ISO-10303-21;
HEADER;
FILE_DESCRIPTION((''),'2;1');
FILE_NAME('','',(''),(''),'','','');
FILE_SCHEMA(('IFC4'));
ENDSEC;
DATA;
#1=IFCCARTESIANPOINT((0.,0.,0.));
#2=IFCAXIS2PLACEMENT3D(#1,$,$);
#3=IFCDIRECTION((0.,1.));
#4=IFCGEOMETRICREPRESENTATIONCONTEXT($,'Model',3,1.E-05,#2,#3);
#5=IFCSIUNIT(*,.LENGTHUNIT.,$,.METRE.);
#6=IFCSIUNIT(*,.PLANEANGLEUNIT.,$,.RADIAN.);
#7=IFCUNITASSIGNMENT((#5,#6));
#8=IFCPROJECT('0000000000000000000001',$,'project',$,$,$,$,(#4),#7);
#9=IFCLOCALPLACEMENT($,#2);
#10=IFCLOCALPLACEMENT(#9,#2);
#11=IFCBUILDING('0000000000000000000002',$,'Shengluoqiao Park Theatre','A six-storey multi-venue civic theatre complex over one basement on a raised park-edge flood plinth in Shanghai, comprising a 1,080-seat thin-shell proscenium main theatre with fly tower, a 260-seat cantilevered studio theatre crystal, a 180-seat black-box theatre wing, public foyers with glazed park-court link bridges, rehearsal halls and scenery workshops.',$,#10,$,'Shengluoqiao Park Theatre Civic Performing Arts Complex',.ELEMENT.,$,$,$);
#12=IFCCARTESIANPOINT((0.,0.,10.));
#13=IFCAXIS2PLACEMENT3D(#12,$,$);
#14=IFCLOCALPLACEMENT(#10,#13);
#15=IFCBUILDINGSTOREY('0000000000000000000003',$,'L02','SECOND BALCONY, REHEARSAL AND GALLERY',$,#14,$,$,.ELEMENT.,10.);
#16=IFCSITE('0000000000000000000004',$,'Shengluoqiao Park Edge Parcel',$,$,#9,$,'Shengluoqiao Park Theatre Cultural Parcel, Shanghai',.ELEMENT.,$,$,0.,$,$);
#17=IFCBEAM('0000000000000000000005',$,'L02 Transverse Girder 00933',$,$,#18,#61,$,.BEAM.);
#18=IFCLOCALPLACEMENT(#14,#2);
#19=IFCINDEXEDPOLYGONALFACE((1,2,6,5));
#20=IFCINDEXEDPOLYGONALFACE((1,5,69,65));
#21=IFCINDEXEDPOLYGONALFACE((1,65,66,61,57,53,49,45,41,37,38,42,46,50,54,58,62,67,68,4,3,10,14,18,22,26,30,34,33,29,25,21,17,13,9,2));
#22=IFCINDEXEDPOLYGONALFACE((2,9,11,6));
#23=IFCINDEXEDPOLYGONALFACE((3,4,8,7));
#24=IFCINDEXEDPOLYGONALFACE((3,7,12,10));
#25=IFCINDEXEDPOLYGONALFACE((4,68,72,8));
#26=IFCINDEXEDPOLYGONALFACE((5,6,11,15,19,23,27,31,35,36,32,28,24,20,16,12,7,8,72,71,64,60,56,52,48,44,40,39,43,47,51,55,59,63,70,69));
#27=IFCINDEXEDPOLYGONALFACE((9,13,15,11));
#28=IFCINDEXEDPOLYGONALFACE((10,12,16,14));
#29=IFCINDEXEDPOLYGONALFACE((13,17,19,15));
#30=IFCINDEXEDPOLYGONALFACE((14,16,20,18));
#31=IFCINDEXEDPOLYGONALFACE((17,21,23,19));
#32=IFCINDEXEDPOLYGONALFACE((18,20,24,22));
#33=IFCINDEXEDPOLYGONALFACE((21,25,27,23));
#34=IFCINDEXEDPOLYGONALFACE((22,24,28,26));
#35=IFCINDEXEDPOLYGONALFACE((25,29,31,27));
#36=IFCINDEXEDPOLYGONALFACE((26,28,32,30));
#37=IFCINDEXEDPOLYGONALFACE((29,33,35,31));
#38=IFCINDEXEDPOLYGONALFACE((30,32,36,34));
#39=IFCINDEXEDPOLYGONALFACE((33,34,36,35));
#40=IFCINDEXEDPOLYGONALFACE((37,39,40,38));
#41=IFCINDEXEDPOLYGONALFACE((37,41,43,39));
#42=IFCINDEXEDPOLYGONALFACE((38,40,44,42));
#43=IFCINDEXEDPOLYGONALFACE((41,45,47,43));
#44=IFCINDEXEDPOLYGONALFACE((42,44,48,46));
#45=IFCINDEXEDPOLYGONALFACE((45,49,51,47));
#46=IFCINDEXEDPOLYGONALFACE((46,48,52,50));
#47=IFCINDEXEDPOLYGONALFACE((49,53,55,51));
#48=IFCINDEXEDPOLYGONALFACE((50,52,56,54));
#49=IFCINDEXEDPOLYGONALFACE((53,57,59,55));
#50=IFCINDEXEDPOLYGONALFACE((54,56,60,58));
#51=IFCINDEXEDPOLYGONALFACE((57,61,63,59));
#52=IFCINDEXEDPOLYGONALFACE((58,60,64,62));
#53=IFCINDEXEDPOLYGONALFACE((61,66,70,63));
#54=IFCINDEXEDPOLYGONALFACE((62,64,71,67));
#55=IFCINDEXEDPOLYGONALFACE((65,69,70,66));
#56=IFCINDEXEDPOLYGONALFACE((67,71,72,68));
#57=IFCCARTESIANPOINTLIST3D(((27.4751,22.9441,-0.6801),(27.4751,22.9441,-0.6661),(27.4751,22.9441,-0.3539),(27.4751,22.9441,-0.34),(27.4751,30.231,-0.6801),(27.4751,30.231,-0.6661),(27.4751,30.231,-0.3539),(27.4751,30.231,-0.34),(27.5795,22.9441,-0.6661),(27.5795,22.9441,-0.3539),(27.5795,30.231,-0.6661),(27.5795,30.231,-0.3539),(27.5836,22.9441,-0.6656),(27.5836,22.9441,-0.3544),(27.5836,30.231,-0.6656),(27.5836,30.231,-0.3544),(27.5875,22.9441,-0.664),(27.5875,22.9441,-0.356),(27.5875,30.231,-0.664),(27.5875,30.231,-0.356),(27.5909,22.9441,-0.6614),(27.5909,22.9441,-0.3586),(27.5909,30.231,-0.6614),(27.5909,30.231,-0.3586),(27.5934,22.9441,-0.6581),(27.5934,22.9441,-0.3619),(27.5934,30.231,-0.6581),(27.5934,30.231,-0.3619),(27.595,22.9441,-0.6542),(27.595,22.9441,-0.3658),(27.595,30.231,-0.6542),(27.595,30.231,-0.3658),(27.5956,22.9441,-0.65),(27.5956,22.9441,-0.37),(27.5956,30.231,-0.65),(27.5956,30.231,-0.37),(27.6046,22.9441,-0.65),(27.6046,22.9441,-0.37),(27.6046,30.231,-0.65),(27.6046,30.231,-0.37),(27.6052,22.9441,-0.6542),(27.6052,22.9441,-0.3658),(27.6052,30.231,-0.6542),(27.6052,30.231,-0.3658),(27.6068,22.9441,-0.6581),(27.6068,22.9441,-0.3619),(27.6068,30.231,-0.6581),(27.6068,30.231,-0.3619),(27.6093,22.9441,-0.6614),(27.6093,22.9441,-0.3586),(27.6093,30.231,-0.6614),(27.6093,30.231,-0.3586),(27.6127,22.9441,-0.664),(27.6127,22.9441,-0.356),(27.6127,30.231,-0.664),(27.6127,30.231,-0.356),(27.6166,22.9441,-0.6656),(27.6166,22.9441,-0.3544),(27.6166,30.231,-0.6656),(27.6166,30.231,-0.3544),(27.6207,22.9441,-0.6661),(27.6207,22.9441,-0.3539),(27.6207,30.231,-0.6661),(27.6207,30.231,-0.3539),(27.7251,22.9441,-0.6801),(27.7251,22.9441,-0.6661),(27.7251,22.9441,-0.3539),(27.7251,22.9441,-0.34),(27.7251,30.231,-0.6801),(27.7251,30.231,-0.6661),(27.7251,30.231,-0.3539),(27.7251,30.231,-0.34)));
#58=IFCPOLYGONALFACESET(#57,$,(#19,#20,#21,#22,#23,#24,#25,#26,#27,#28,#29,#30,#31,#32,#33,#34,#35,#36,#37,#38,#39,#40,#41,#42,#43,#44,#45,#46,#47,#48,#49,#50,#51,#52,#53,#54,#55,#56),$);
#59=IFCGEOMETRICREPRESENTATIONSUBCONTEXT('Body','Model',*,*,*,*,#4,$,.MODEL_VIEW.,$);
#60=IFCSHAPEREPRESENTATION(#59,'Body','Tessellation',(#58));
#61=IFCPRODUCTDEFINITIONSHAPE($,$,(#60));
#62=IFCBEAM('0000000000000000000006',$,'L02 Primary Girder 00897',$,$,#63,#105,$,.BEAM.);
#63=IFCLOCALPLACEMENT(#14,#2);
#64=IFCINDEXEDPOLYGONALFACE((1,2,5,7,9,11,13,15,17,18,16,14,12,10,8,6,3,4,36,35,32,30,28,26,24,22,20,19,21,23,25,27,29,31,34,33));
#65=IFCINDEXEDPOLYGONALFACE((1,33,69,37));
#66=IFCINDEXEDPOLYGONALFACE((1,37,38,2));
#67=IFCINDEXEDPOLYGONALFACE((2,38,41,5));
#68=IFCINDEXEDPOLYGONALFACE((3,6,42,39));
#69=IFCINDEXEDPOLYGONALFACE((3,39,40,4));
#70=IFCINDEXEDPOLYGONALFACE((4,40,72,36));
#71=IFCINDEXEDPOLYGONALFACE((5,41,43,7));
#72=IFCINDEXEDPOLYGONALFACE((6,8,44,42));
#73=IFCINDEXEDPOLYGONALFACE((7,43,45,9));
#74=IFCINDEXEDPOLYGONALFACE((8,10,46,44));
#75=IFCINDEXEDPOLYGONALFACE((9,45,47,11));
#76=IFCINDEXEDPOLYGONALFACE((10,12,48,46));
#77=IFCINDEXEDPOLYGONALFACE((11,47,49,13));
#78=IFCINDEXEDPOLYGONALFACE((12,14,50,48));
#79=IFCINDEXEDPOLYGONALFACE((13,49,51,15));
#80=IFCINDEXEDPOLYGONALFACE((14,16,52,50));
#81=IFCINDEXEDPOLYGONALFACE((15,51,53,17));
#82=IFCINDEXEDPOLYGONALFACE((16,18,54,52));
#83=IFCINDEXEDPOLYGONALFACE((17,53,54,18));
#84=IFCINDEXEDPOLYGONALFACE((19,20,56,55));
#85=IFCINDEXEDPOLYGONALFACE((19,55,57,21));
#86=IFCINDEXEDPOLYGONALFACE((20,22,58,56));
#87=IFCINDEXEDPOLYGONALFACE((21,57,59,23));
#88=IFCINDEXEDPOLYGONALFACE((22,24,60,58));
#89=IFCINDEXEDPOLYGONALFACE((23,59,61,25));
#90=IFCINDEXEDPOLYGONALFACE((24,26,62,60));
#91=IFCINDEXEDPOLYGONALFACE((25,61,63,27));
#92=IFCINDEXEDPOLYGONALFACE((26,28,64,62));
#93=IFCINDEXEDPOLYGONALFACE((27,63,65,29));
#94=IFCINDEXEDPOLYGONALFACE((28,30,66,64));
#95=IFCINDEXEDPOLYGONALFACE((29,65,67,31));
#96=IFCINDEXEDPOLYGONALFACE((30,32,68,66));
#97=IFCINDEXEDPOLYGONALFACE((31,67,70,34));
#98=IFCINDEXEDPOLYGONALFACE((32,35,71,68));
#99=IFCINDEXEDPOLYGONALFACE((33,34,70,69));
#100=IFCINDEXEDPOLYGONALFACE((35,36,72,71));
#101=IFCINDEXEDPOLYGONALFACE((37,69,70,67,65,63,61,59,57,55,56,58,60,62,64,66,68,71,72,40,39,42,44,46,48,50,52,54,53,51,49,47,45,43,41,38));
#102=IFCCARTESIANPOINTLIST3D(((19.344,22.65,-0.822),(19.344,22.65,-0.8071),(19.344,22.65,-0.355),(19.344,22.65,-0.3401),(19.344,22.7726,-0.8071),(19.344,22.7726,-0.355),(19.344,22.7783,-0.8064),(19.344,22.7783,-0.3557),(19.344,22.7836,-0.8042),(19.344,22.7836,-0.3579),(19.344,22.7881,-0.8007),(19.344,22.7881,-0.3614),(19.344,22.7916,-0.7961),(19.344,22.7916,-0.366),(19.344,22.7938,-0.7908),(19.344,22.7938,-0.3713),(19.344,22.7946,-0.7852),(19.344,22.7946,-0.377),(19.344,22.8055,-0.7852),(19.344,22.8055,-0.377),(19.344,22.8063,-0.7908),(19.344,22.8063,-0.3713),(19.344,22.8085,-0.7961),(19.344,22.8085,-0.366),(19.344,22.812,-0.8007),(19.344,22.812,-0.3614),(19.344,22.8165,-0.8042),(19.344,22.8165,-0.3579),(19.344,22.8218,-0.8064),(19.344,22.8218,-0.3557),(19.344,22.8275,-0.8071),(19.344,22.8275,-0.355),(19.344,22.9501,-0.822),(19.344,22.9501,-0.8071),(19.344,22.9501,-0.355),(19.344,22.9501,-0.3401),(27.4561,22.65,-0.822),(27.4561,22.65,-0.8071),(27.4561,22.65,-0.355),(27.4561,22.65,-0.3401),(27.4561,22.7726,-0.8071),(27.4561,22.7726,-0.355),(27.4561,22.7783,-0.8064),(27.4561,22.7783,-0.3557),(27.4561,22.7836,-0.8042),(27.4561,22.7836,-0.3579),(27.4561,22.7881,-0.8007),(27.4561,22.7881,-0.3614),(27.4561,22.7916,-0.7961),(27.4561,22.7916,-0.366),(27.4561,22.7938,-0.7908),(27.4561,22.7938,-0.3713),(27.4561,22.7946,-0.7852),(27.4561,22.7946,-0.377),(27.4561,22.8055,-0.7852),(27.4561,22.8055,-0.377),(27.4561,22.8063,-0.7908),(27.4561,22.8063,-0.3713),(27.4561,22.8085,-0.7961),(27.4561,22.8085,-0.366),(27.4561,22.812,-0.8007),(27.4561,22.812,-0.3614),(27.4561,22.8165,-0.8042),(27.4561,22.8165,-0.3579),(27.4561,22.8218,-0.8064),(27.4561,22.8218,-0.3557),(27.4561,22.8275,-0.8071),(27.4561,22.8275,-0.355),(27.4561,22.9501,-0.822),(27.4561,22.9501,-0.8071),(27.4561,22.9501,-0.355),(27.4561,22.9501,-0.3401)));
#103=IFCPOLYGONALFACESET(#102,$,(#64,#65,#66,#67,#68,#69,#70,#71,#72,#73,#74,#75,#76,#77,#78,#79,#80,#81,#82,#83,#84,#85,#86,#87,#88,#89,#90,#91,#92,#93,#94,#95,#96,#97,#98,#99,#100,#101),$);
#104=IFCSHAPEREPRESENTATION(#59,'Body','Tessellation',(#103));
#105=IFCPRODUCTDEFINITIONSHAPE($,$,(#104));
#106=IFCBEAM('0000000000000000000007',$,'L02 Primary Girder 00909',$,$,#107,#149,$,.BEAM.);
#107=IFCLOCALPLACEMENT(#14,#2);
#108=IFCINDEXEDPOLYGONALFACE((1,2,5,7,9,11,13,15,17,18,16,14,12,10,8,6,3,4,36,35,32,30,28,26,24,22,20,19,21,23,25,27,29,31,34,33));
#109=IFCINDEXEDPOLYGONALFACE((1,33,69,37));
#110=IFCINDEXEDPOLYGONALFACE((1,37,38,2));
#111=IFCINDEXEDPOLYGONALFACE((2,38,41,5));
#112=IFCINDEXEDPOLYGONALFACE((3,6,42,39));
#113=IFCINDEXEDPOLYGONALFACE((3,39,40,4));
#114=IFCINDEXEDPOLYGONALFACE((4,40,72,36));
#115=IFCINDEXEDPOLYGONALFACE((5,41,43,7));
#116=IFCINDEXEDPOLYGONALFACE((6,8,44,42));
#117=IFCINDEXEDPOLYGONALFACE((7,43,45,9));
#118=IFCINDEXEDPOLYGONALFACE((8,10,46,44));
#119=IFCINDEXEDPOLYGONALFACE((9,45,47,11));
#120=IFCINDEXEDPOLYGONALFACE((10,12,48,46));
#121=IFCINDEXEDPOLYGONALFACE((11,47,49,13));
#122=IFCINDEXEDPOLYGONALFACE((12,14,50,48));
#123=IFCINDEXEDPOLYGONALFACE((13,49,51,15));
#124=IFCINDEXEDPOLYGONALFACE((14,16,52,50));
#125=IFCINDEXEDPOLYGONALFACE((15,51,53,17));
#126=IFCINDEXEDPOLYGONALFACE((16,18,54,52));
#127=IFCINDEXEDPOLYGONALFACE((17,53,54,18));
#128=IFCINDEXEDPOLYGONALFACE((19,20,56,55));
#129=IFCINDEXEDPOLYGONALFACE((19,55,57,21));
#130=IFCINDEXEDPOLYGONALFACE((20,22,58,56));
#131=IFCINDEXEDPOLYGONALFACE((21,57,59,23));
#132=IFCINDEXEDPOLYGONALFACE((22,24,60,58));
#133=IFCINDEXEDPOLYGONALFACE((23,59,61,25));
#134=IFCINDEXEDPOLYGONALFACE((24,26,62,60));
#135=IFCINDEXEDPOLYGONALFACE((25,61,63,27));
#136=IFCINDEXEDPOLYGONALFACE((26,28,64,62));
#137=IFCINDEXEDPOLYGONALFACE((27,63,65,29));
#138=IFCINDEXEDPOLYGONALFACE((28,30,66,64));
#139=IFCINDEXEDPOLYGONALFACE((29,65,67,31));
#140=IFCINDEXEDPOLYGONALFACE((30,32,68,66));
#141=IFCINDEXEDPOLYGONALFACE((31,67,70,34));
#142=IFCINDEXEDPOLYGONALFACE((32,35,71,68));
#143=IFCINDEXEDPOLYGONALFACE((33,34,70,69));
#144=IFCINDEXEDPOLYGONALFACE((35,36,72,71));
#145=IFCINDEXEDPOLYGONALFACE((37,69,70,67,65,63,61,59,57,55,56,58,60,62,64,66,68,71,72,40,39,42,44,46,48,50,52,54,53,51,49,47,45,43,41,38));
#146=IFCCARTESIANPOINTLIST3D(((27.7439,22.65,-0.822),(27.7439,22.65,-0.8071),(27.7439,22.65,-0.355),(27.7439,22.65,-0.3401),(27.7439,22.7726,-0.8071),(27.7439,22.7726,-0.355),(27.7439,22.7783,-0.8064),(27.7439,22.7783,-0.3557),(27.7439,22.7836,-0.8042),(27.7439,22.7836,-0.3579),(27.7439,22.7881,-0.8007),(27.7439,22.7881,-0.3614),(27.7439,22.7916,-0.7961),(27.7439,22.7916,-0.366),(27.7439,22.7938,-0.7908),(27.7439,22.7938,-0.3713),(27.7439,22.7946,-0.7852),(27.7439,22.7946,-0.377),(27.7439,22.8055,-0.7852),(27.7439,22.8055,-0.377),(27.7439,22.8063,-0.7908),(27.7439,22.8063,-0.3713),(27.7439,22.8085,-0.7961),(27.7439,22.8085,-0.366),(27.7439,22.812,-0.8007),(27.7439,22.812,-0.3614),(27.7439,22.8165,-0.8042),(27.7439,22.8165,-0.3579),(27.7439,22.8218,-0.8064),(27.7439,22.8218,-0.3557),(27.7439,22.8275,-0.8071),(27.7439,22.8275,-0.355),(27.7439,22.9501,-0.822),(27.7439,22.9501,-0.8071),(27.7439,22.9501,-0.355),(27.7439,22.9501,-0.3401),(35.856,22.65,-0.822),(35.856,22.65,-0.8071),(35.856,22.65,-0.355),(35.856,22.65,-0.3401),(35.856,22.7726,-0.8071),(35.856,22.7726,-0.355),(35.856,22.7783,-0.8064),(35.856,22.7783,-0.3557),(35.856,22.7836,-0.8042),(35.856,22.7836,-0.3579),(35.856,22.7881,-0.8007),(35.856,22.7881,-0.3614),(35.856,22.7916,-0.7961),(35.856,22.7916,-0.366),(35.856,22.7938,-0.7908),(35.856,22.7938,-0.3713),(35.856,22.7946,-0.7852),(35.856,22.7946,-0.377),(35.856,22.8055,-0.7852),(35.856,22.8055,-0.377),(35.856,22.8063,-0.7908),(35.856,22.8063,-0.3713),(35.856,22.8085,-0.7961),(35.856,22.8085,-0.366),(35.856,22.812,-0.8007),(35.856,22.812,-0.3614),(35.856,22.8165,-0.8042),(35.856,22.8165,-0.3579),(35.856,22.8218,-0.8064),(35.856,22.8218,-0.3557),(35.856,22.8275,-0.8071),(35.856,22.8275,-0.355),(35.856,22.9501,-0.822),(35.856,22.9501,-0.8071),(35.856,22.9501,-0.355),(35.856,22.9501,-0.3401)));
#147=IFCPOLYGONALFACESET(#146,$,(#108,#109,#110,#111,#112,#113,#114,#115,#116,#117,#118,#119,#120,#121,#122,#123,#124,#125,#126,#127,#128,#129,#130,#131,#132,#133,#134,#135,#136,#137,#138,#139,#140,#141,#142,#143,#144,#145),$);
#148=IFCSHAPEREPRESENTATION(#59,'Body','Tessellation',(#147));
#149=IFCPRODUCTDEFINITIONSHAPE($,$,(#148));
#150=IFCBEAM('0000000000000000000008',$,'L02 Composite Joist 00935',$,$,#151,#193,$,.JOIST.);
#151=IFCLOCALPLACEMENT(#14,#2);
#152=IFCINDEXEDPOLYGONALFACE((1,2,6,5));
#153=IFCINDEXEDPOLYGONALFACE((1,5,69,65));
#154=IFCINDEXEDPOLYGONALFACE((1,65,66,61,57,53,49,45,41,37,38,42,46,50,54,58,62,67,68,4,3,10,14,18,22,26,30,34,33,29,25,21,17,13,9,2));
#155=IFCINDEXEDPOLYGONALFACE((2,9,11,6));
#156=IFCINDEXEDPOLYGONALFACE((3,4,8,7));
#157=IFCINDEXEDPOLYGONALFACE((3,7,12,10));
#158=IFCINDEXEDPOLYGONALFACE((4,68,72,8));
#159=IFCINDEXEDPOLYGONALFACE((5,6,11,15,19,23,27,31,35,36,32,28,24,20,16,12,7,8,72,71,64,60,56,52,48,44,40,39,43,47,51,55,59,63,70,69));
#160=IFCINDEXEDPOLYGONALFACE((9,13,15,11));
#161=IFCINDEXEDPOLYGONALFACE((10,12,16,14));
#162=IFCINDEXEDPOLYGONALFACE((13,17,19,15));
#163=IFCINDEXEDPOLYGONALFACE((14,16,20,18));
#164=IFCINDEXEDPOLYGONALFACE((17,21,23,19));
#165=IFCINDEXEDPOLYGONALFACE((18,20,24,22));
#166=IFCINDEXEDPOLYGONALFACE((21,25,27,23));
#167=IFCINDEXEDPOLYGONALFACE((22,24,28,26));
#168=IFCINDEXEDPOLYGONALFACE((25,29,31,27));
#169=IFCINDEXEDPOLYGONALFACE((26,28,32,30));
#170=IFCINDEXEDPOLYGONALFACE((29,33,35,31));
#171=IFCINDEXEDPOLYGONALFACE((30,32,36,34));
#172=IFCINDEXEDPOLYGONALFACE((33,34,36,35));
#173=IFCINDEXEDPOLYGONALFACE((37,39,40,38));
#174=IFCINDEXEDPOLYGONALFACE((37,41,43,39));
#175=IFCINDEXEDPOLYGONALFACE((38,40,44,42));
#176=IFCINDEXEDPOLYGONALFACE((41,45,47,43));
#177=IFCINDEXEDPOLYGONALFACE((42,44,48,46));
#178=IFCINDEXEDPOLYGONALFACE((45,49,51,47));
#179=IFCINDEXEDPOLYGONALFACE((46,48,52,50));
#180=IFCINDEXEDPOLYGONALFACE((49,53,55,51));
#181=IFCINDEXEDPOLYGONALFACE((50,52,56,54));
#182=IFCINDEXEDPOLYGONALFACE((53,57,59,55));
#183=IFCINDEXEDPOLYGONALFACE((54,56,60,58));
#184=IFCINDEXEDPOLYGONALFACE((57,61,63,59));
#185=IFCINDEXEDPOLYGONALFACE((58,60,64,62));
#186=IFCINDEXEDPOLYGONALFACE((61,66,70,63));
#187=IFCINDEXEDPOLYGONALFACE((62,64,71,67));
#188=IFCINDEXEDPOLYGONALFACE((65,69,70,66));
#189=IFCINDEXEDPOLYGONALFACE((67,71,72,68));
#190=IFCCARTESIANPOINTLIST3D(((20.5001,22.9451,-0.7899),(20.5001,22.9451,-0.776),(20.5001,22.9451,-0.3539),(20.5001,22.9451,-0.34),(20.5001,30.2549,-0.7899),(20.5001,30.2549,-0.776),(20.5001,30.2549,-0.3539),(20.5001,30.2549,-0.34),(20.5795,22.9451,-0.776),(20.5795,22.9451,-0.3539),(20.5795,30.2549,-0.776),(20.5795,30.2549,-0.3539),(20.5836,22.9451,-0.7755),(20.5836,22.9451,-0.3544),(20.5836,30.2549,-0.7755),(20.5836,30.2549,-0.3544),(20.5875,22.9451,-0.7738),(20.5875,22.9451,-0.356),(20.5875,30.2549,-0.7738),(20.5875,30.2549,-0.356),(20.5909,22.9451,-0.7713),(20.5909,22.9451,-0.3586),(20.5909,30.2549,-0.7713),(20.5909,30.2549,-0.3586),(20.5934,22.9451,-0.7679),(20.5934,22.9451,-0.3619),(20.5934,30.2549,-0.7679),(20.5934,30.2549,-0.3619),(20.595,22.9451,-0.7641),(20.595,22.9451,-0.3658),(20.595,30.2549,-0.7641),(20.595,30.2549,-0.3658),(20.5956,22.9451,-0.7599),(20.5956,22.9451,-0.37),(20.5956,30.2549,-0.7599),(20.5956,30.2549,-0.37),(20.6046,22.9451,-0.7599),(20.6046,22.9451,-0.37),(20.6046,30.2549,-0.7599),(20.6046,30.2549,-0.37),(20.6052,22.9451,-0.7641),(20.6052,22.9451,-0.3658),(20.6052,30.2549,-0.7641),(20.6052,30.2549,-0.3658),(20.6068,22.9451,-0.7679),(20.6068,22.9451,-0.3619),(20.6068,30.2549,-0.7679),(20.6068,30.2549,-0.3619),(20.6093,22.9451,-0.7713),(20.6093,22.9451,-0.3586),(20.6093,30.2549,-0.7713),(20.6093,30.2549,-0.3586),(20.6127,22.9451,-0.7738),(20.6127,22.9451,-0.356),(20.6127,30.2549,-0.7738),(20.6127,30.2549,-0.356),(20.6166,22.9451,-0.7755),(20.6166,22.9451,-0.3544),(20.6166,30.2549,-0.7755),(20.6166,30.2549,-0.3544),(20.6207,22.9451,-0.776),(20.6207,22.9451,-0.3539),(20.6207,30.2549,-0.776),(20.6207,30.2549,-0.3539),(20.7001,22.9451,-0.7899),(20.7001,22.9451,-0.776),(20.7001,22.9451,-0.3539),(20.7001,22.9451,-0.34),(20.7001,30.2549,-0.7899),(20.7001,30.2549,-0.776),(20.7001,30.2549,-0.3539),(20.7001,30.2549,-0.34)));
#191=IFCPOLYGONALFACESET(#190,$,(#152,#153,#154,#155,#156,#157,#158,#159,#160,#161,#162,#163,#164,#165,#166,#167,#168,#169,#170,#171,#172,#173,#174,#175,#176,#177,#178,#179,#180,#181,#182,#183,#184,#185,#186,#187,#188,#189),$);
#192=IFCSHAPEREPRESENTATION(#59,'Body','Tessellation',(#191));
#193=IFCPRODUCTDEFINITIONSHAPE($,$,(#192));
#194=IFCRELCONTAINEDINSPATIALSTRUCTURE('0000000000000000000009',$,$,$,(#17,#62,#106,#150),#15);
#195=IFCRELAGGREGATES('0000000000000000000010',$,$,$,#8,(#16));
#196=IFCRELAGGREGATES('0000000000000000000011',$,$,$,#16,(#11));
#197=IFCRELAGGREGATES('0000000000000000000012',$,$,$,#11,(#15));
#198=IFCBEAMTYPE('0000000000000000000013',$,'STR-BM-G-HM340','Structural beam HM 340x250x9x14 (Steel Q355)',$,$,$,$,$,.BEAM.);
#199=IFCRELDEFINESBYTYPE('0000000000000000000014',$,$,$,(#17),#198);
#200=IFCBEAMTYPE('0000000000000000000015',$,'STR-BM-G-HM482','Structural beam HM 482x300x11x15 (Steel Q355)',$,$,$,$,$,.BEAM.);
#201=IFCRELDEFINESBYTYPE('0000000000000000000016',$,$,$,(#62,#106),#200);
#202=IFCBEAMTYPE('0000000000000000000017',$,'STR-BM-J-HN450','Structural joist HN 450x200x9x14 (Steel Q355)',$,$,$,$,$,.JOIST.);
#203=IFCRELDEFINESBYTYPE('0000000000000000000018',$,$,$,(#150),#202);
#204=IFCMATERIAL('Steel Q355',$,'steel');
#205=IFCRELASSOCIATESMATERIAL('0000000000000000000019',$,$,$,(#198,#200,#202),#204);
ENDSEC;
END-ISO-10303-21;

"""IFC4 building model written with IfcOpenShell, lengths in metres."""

from ifc_helpers import new_model, si_unit, direction, frame, origin, origin_2d, place, context, subcontext, project, spatial, i_section, extrude, material, material_profile, profile_set, type_object, element, save


model = new_model("IFC4")

# Units and contexts
model_context = context("Model", 3, precision=1e-05, world=origin(), true_north=direction((0.0, 1.0)))
body_context = subcontext(model_context, "Body", "Model", "MODEL_VIEW")
ifc_project = project(units=[si_unit("LENGTHUNIT", "METRE"), si_unit("PLANEANGLEUNIT", "RADIAN")], contexts=[model_context])

# Site, building, storey
site_placement = place(None, origin())
site = spatial("IfcSite", under=ifc_project, at=site_placement, Name="Shengluoqiao Park Edge Parcel", LongName="Shengluoqiao Park Theatre Cultural Parcel, Shanghai", CompositionType="ELEMENT", RefElevation=0.0)
building_placement = place(site_placement, origin())
building = spatial("IfcBuilding", under=site, at=building_placement, Name="Shengluoqiao Park Theatre", Description="A six-storey multi-venue civic theatre complex over one basement on a raised park-edge flood plinth in Shanghai, comprising a 1,080-seat thin-shell proscenium main theatre with fly tower, a 260-seat cantilevered studio theatre crystal, a 180-seat black-box theatre wing, public foyers with glazed park-court link bridges, rehearsal halls and scenery workshops.", LongName="Shengluoqiao Park Theatre Civic Performing Arts Complex", CompositionType="ELEMENT")
storey_placement = place(building_placement, frame((0.0, 0.0, 10.0)))
storey = spatial("IfcBuildingStorey", under=building, at=storey_placement, Name="L02", Description="SECOND BALCONY, REHEARSAL AND GALLERY", CompositionType="ELEMENT", Elevation=10.0)

# Shared definitions
ifc_material_1 = material(Name="Steel Q355", Category="steel")

# Beams
ifc_material_profile_1 = material_profile(ifc_material_1, i_section(OverallWidth=0.25, OverallDepth=0.3401, WebThickness=0.009, FlangeThickness=0.0139, FilletRadius=0.0161, at=origin_2d()), Name="HM 340x250x9x14")
ifc_profile_set_1 = profile_set([ifc_material_profile_1], Name="Steel Q355")
beam_type_1 = type_object("IfcBeamType", Name="STR-BM-G-HM340", Description="Structural beam HM 340x250x9x14 (Steel Q355)", PredefinedType="BEAM", material=ifc_profile_set_1)
for number, where, z_axis, x_axis, name in (
    (1, (27.6001, 22.9441, -0.51), (0.0, 1.0, 0.0), (-1.0, 0.0, 0.0), "L02 Transverse Girder 00933"),
):
    element("IfcBeam", number, at=place(storey_placement, frame(where, z_axis=z_axis, x_axis=x_axis)), inside=storey, type_object=beam_type_1, Name=name, PredefinedType="BEAM", context=body_context, shape_type="SweptSolid", body=[
        extrude(i_section(OverallWidth=0.25, OverallDepth=0.3401, WebThickness=0.009, FlangeThickness=0.0139, FilletRadius=0.0161, at=origin_2d()), origin(), (0.0, 0.0, 1.0), 7.2869),
    ])
ifc_material_profile_2 = material_profile(ifc_material_1, i_section(OverallWidth=0.3, OverallDepth=0.4819, WebThickness=0.011, FlangeThickness=0.0149, FilletRadius=0.022, at=origin_2d()), Name="HM 482x300x11x15")
ifc_profile_set_2 = profile_set([ifc_material_profile_2], Name="Steel Q355")
beam_type_2 = type_object("IfcBeamType", Name="STR-BM-G-HM482", Description="Structural beam HM 482x300x11x15 (Steel Q355)", PredefinedType="BEAM", material=ifc_profile_set_2)
for number, where, z_axis, x_axis, name in (
    (2, (19.344, 22.8, -0.5811), (1.0, 0.0, 0.0), (0.0, 1.0, 0.0), "L02 Primary Girder 00897"),
    (3, (27.7439, 22.8, -0.5811), (1.0, 0.0, 0.0), (0.0, 1.0, 0.0), "L02 Primary Girder 00909"),
):
    element("IfcBeam", number, at=place(storey_placement, frame(where, z_axis=z_axis, x_axis=x_axis)), inside=storey, type_object=beam_type_2, Name=name, PredefinedType="BEAM", context=body_context, shape_type="SweptSolid", body=[
        extrude(i_section(OverallWidth=0.3, OverallDepth=0.4819, WebThickness=0.011, FlangeThickness=0.0149, FilletRadius=0.022, at=origin_2d()), origin(), (0.0, 0.0, 1.0), 8.1121),
    ])
ifc_material_profile_3 = material_profile(ifc_material_1, i_section(OverallWidth=0.2, OverallDepth=0.45, WebThickness=0.009, FlangeThickness=0.0139, FilletRadius=0.0161, at=origin_2d()), Name="HN 450x200x9x14")
ifc_profile_set_3 = profile_set([ifc_material_profile_3], Name="Steel Q355")
beam_type_3 = type_object("IfcBeamType", Name="STR-BM-J-HN450", Description="Structural joist HN 450x200x9x14 (Steel Q355)", PredefinedType="JOIST", material=ifc_profile_set_3)
for number, where, z_axis, x_axis, name in (
    (4, (20.6001, 22.9451, -0.5649), (0.0, 1.0, 0.0), (-1.0, 0.0, 0.0), "L02 Composite Joist 00935"),
):
    element("IfcBeam", number, at=place(storey_placement, frame(where, z_axis=z_axis, x_axis=x_axis)), inside=storey, type_object=beam_type_3, Name=name, PredefinedType="JOIST", context=body_context, shape_type="SweptSolid", body=[
        extrude(i_section(OverallWidth=0.2, OverallDepth=0.45, WebThickness=0.009, FlangeThickness=0.0139, FilletRadius=0.0161, at=origin_2d()), origin(), (0.0, 0.0, 1.0), 7.3098),
    ])

save(model, "model.ifc")
